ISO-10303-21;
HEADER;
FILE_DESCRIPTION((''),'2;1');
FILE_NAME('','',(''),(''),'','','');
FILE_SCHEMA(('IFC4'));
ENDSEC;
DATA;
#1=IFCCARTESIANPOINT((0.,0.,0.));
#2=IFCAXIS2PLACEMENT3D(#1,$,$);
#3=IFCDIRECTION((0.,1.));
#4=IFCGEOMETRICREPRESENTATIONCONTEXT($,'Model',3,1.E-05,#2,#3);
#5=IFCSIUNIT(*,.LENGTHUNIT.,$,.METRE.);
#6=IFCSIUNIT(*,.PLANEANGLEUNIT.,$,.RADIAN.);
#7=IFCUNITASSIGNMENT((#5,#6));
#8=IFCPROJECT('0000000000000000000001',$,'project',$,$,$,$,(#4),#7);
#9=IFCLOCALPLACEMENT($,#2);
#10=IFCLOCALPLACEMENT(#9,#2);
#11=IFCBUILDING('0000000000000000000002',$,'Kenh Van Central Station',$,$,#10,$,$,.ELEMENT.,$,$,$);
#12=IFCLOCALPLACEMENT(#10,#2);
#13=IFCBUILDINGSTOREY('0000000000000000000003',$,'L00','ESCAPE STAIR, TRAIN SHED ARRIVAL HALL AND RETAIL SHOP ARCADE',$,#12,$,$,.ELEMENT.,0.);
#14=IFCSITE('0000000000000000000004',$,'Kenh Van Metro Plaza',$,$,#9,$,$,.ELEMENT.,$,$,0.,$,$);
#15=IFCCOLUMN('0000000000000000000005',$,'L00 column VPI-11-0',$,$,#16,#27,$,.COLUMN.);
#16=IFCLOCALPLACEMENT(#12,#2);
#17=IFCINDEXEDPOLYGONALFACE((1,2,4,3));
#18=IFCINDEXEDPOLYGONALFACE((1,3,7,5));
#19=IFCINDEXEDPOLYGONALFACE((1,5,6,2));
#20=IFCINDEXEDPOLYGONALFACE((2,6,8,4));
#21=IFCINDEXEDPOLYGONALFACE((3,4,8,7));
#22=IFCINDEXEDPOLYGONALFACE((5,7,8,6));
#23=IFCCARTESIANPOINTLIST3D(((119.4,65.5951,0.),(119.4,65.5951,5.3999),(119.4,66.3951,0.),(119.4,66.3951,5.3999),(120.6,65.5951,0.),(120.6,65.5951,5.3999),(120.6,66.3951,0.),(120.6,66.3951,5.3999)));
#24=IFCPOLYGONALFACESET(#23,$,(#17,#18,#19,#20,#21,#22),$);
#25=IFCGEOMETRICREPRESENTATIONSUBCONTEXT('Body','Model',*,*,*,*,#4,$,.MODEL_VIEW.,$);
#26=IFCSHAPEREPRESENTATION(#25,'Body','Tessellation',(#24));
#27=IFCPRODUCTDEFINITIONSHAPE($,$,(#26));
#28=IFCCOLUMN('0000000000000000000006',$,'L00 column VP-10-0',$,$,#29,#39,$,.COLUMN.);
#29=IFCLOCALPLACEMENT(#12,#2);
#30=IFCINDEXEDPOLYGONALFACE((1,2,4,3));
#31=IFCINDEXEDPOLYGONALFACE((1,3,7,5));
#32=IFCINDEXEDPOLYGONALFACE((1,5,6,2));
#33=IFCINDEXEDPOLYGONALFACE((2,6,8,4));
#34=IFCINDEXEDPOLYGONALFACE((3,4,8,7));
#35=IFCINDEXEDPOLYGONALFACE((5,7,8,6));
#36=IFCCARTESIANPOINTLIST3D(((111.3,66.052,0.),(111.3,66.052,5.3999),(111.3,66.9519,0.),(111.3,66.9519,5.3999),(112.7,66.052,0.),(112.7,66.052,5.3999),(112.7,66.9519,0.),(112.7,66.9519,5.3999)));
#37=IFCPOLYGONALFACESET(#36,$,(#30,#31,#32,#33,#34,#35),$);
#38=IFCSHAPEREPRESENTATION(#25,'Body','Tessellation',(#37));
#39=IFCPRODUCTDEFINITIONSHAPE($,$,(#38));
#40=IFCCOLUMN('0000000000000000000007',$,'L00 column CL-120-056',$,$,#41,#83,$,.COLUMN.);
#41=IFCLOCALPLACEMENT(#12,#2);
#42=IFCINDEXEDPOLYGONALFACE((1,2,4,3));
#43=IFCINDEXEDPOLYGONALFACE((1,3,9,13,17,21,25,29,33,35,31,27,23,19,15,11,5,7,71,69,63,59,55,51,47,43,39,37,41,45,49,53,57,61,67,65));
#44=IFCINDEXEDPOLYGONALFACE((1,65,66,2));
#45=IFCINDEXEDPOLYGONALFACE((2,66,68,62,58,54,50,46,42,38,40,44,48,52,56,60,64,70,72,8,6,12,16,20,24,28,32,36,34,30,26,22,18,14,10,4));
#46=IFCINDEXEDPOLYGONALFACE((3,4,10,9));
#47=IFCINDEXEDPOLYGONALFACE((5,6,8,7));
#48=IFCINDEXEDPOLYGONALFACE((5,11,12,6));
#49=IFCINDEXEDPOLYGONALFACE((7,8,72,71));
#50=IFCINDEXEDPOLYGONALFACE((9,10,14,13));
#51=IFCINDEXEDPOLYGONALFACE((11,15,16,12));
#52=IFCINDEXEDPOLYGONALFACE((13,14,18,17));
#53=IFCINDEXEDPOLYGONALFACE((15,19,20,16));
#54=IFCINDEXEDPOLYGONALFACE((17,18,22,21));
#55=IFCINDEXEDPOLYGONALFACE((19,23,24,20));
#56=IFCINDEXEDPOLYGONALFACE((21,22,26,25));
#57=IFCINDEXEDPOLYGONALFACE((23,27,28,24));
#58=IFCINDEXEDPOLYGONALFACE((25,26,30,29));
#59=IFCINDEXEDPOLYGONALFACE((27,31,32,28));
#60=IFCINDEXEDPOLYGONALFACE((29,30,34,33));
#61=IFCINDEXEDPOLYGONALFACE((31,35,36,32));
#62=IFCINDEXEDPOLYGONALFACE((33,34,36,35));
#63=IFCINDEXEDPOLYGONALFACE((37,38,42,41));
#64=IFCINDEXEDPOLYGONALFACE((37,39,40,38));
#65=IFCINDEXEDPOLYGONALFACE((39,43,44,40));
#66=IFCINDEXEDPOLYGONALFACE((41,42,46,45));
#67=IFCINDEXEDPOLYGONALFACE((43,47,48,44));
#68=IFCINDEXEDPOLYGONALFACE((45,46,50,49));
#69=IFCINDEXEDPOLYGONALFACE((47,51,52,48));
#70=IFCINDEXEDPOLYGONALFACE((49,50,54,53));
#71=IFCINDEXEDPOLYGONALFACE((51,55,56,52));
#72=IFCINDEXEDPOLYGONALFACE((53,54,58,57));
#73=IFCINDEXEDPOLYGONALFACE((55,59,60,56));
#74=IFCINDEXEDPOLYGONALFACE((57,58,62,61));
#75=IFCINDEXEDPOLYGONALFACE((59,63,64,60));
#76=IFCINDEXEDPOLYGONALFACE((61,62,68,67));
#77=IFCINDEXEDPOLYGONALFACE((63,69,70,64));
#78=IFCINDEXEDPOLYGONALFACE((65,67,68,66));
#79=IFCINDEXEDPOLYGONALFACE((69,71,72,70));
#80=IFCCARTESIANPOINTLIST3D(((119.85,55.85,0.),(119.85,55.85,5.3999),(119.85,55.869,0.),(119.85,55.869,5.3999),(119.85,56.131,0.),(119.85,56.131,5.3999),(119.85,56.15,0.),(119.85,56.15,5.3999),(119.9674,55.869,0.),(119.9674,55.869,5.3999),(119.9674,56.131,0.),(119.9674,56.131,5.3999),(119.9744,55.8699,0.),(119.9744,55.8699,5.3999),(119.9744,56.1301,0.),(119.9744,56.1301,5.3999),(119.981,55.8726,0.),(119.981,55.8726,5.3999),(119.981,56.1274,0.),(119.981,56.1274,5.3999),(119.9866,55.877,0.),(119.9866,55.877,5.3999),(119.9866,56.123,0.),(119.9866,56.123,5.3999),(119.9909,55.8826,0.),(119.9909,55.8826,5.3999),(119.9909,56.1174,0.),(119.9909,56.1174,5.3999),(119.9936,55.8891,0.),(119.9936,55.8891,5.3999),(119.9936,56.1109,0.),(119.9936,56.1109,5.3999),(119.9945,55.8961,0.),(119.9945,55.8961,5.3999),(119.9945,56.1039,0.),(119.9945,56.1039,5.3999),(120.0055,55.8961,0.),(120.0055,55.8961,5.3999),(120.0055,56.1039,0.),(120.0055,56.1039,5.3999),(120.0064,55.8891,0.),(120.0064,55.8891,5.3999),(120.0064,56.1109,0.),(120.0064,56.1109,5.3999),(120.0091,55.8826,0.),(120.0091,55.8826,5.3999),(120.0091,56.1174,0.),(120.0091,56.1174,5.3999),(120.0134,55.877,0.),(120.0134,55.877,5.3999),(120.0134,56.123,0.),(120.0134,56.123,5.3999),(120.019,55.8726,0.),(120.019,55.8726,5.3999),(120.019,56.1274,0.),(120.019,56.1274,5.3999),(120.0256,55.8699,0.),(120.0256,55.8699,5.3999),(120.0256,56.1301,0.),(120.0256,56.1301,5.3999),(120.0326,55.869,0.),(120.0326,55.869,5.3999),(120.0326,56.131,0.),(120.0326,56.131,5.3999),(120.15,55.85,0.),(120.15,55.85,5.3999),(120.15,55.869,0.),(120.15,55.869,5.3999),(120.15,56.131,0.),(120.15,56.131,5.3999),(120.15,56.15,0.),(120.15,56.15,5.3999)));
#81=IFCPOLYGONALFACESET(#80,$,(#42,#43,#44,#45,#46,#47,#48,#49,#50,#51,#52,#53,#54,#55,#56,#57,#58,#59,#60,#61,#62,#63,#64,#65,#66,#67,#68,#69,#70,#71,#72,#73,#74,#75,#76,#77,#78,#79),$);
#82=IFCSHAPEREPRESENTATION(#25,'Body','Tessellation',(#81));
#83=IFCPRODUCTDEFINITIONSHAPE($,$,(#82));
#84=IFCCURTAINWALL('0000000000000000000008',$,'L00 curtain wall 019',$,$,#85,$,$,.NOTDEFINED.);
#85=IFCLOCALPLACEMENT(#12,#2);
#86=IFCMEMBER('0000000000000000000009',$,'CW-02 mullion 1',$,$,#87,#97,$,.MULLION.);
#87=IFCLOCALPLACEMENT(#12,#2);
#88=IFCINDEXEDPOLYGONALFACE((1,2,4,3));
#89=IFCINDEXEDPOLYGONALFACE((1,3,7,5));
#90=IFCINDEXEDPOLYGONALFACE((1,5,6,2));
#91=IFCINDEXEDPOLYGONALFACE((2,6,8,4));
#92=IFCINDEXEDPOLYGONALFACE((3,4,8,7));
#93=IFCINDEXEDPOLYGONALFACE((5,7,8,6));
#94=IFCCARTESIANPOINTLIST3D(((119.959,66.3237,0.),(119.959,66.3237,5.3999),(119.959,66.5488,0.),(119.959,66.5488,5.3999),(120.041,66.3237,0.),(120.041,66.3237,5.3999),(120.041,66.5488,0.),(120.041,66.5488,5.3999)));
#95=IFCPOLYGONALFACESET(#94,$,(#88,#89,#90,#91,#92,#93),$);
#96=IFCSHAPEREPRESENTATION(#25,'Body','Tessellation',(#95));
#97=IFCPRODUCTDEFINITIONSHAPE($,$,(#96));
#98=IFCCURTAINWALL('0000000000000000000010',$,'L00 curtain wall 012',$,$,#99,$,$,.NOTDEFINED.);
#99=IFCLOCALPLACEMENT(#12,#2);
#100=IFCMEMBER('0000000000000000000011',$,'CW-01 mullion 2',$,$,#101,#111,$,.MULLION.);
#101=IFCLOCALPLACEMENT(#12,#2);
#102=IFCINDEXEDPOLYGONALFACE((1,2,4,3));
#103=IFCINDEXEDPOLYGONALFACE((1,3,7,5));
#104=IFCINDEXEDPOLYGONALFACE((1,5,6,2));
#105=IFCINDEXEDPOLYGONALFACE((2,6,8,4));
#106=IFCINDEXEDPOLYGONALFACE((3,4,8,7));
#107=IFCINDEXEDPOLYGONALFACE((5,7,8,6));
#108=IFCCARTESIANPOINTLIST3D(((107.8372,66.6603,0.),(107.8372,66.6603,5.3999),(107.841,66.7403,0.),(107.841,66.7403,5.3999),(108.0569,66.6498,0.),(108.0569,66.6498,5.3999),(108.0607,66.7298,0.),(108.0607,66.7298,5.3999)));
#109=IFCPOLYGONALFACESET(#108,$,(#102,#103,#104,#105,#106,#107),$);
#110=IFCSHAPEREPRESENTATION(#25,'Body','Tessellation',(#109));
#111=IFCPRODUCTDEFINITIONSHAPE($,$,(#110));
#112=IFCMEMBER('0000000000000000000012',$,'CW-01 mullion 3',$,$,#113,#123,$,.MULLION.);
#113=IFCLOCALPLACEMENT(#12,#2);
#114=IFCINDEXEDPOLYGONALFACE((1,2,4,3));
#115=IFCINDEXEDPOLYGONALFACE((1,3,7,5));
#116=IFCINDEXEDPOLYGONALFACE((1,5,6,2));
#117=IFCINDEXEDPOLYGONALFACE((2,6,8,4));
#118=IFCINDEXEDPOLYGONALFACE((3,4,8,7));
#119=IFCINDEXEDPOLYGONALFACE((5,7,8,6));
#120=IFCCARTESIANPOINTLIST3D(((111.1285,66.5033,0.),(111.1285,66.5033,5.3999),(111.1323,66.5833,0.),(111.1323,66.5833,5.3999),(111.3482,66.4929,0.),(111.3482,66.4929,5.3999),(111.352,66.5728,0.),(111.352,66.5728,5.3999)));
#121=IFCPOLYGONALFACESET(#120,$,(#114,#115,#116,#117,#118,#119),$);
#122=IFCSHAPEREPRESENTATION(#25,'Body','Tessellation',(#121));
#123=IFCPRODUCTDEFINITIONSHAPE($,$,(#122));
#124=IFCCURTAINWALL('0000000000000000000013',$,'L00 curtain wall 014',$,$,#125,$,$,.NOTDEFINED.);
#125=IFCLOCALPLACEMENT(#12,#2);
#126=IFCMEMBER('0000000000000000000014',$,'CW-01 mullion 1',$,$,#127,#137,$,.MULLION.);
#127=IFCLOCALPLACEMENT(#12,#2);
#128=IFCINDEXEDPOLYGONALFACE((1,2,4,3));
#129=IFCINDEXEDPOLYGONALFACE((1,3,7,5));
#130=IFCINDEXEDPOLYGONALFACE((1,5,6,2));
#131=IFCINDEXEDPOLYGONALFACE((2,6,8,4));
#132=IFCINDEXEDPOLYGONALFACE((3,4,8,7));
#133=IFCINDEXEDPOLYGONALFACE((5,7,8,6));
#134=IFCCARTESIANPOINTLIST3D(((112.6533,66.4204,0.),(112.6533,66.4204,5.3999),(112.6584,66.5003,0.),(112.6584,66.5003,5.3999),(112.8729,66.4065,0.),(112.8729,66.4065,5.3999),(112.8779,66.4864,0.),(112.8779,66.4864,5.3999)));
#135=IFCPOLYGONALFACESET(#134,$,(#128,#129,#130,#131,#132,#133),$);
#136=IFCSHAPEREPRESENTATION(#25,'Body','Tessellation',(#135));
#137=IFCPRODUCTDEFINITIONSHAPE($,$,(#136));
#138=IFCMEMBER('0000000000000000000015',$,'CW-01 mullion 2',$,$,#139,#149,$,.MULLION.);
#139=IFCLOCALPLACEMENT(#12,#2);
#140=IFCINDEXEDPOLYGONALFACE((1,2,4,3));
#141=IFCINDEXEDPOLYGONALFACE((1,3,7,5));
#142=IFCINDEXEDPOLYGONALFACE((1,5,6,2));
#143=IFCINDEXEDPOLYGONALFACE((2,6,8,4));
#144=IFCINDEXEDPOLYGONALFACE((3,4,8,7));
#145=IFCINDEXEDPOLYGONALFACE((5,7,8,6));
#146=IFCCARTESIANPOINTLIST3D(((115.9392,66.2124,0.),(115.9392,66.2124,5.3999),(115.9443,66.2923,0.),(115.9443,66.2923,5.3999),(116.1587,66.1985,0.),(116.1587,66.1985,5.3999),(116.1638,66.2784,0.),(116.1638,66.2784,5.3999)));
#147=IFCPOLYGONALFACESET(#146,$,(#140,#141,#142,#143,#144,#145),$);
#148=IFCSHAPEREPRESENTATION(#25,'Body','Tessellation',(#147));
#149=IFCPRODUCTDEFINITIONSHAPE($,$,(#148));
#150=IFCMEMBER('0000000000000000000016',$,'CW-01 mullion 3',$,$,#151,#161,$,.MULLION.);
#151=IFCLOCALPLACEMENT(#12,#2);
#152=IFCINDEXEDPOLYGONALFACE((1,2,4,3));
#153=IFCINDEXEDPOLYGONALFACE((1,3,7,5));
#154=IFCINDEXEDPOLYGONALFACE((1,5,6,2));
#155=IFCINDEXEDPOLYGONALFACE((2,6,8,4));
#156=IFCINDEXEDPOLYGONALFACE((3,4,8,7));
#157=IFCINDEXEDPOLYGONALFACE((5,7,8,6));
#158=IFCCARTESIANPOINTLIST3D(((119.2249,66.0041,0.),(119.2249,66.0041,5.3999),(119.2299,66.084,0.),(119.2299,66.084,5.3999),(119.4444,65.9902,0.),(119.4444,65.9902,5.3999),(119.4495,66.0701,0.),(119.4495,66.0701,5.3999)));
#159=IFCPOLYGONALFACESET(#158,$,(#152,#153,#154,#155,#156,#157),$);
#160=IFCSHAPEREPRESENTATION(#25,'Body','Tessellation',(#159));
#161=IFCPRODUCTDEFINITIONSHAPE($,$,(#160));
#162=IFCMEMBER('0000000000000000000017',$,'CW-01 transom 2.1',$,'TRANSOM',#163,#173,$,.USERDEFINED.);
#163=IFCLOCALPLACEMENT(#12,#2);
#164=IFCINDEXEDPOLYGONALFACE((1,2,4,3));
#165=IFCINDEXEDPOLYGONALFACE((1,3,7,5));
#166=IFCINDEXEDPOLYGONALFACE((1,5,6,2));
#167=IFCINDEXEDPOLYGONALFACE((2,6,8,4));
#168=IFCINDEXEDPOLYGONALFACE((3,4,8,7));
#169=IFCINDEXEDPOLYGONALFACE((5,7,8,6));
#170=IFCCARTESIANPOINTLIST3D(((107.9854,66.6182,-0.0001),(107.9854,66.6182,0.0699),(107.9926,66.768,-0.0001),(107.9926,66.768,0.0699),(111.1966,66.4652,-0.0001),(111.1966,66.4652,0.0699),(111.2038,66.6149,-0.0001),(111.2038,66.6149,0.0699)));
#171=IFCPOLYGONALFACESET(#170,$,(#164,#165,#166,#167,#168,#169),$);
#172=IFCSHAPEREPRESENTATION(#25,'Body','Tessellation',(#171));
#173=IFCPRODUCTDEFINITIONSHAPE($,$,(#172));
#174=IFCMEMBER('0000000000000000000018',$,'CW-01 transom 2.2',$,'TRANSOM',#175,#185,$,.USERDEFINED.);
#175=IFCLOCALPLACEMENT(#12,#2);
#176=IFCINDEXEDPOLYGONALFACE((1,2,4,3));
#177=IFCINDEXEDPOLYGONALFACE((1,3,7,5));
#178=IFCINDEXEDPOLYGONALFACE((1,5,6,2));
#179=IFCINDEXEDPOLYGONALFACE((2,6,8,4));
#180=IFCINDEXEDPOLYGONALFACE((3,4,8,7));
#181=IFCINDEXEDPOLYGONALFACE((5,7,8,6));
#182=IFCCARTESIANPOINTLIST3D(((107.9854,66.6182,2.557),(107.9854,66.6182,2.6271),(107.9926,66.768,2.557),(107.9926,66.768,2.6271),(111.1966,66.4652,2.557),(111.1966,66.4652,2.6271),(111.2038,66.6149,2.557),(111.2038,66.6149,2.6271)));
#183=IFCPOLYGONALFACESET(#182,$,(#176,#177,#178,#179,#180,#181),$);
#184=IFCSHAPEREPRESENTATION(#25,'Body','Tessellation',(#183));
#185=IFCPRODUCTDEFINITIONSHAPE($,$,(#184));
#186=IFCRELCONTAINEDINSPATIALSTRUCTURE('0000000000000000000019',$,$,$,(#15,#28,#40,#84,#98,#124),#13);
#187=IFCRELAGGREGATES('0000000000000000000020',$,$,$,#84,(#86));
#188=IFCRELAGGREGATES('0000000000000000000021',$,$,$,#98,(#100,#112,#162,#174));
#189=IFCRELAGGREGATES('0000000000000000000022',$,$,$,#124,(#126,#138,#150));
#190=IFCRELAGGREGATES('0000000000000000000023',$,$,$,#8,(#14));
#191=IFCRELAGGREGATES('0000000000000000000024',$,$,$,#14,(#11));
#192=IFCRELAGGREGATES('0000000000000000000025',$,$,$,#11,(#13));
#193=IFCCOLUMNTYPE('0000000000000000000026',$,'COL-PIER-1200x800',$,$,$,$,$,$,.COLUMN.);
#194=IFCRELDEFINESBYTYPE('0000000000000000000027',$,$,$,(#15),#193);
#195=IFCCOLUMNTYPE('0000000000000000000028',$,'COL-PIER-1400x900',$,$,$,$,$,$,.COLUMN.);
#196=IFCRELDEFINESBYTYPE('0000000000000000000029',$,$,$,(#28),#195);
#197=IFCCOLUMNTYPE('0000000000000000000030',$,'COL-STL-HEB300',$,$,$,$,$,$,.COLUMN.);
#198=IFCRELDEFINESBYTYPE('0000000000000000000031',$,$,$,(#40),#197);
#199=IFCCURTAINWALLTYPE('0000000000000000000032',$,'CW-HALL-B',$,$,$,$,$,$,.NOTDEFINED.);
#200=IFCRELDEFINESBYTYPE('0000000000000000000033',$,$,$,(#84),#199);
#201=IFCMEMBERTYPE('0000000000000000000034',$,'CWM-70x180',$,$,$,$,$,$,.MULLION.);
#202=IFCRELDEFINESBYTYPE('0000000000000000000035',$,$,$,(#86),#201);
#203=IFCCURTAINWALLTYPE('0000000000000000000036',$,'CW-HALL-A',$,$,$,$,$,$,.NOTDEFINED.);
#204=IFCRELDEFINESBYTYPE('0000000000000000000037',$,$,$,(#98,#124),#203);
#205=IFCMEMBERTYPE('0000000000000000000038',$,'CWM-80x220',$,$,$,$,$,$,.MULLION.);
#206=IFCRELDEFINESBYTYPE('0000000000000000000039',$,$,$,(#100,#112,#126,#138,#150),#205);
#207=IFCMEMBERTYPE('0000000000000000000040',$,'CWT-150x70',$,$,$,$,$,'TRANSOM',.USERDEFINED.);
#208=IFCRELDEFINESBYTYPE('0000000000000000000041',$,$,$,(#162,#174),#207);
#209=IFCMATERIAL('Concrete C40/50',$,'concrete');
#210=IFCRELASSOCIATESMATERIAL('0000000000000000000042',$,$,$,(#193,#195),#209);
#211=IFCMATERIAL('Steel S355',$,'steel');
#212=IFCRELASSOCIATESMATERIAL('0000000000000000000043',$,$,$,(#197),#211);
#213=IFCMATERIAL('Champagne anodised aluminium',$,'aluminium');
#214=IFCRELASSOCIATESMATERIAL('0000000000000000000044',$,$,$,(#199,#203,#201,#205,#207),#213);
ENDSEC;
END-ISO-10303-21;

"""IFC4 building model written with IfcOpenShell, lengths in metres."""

from ifc_helpers import new_model, si_unit, direction, frame, origin, origin_2d, place, context, subcontext, project, spatial, rectangle, i_section, extrude, material, material_profile, profile_set, type_object, element, aggregate, save


model = new_model("IFC4")

# Units and contexts
model_context = context("Model", 3, precision=1e-05, world=origin(), true_north=direction((0.0, 1.0)))
body_context = subcontext(model_context, "Body", "Model", "MODEL_VIEW")
ifc_project = project(units=[si_unit("LENGTHUNIT", "METRE"), si_unit("PLANEANGLEUNIT", "RADIAN")], contexts=[model_context])

# Site, building, storey
site_placement = place(None, origin())
site = spatial("IfcSite", under=ifc_project, at=site_placement, Name="Kenh Van Metro Plaza", CompositionType="ELEMENT", RefElevation=0.0)
building_placement = place(site_placement, origin())
building = spatial("IfcBuilding", under=site, at=building_placement, Name="Kenh Van Central Station", CompositionType="ELEMENT")
storey_placement = place(building_placement, origin())
storey = spatial("IfcBuildingStorey", under=building, at=storey_placement, Name="L00", Description="ESCAPE STAIR, TRAIN SHED ARRIVAL HALL AND RETAIL SHOP ARCADE", CompositionType="ELEMENT", Elevation=0.0)

# Columns
ifc_material_1 = material(Name="Concrete C40/50", Category="concrete")
ifc_material_profile_1 = material_profile(ifc_material_1, rectangle(XDim=1.2, YDim=0.8, at=origin_2d()), Name="RC 1200x800")
ifc_profile_set_1 = profile_set([ifc_material_profile_1], Name="Concrete C40/50")
column_type_1 = type_object("IfcColumnType", Name="COL-PIER-1200x800", PredefinedType="COLUMN", material=ifc_profile_set_1)
column_1_placement = place(storey_placement, frame((120.0, 65.9951, 0.0), z_axis=(0.0, 0.0, 1.0), x_axis=(1.0, 0.0, 0.0)))
element("IfcColumn", 1, at=column_1_placement, inside=storey, type_object=column_type_1, Name="L00 column VPI-11-0", PredefinedType="COLUMN", context=body_context, shape_type="SweptSolid", body=[
    extrude(rectangle(XDim=1.2, YDim=0.8, at=origin_2d()), origin(), (0.0, 0.0, 1.0), 5.3999),
])
ifc_material_profile_2 = material_profile(ifc_material_1, rectangle(XDim=1.3999, YDim=0.8999, at=origin_2d()), Name="RC 1400x900")
ifc_profile_set_2 = profile_set([ifc_material_profile_2], Name="Concrete C40/50")
column_type_2 = type_object("IfcColumnType", Name="COL-PIER-1400x900", PredefinedType="COLUMN", material=ifc_profile_set_2)
column_2_placement = place(storey_placement, frame((112.0, 66.502, 0.0), z_axis=(0.0, 0.0, 1.0), x_axis=(1.0, 0.0, 0.0)))
element("IfcColumn", 2, at=column_2_placement, inside=storey, type_object=column_type_2, Name="L00 column VP-10-0", PredefinedType="COLUMN", context=body_context, shape_type="SweptSolid", body=[
    extrude(rectangle(XDim=1.3999, YDim=0.8999, at=origin_2d()), origin(), (0.0, 0.0, 1.0), 5.3999),
])
ifc_material_2 = material(Name="Steel S355", Category="steel")
ifc_material_profile_3 = material_profile(ifc_material_2, i_section(OverallWidth=0.3, OverallDepth=0.3, WebThickness=0.011, FlangeThickness=0.019, FilletRadius=0.0271, at=origin_2d()), Name="HEB 300")
ifc_profile_set_3 = profile_set([ifc_material_profile_3], Name="Steel S355")
column_type_3 = type_object("IfcColumnType", Name="COL-STL-HEB300", PredefinedType="COLUMN", material=ifc_profile_set_3)
column_3_placement = place(storey_placement, frame((120.0, 56.0, 0.0), z_axis=(0.0, 0.0, 1.0), x_axis=(1.0, 0.0, 0.0)))
element("IfcColumn", 3, at=column_3_placement, inside=storey, type_object=column_type_3, Name="L00 column CL-120-056", PredefinedType="COLUMN", context=body_context, shape_type="SweptSolid", body=[
    extrude(i_section(OverallWidth=0.3, OverallDepth=0.3, WebThickness=0.011, FlangeThickness=0.019, FilletRadius=0.0271, at=origin_2d()), origin(), (0.0, 0.0, 1.0), 5.3999),
])

# Curtain wall, member
ifc_material_3 = material(Name="Champagne anodised aluminium", Category="aluminium")
curtain_wall_type_1 = type_object("IfcCurtainWallType", Name="CW-HALL-B", PredefinedType="NOTDEFINED", material=ifc_material_3)
curtain_wall_1_placement = place(storey_placement, origin())
curtain_wall_1 = element("IfcCurtainWall", 4, at=curtain_wall_1_placement, inside=storey, type_object=curtain_wall_type_1, Name="L00 curtain wall 019", PredefinedType="NOTDEFINED")
ifc_material_profile_4 = material_profile(ifc_material_3, rectangle(XDim=0.082, YDim=0.2251, at=origin_2d()), Name="AL 82x225")
ifc_profile_set_4 = profile_set([ifc_material_profile_4], Name="Champagne anodised aluminium")
member_type_1 = type_object("IfcMemberType", Name="CWM-70x180", PredefinedType="MULLION", material=ifc_profile_set_4)
member_1_placement = place(storey_placement, frame((120.0, 66.4363, 0.0), z_axis=(0.0, 0.0, 1.0), x_axis=(-1.0, 0.0, 0.0)))
member_1 = element("IfcMember", 5, at=member_1_placement, type_object=member_type_1, Name="CW-02 mullion 1", PredefinedType="MULLION", context=body_context, shape_type="SweptSolid", body=[
    extrude(rectangle(XDim=0.082, YDim=0.2251, at=origin_2d()), origin(), (0.0, 0.0, 1.0), 5.3999),
])

# Curtain walls, members
curtain_wall_type_2 = type_object("IfcCurtainWallType", Name="CW-HALL-A", PredefinedType="NOTDEFINED", material=ifc_material_3)
curtain_wall_2_placement = place(storey_placement, origin())
curtain_wall_2 = element("IfcCurtainWall", 6, at=curtain_wall_2_placement, inside=storey, type_object=curtain_wall_type_2, Name="L00 curtain wall 012", PredefinedType="NOTDEFINED")
ifc_material_profile_5 = material_profile(ifc_material_3, rectangle(XDim=0.0801, YDim=0.22, at=origin_2d()), Name="AL 80x220")
ifc_profile_set_5 = profile_set([ifc_material_profile_5], Name="Champagne anodised aluminium")
member_type_2 = type_object("IfcMemberType", Name="CWM-80x220", PredefinedType="MULLION", material=ifc_profile_set_5)
member_2_placement = place(storey_placement, frame((107.949, 66.6951, 0.0), z_axis=(0.0, 0.0, 1.0), x_axis=(0.047601, 0.998866, 0.0)))
member_2 = element("IfcMember", 7, at=member_2_placement, type_object=member_type_2, Name="CW-01 mullion 2", PredefinedType="MULLION", context=body_context, shape_type="SweptSolid", body=[
    extrude(rectangle(XDim=0.0801, YDim=0.22, at=origin_2d()), origin(), (0.0, 0.0, 1.0), 5.3999),
])
member_3_placement = place(storey_placement, frame((111.2402, 66.5381, 0.0), z_axis=(0.0, 0.0, 1.0), x_axis=(0.047601, 0.998866, 0.0)))
member_3 = element("IfcMember", 8, at=member_3_placement, type_object=member_type_2, Name="CW-01 mullion 3", PredefinedType="MULLION", context=body_context, shape_type="SweptSolid", body=[
    extrude(rectangle(XDim=0.0801, YDim=0.22, at=origin_2d()), origin(), (0.0, 0.0, 1.0), 5.3999),
])
curtain_wall_3_placement = place(storey_placement, origin())
curtain_wall_3 = element("IfcCurtainWall", 9, at=curtain_wall_3_placement, inside=storey, type_object=curtain_wall_type_2, Name="L00 curtain wall 014", PredefinedType="NOTDEFINED")
member_4_placement = place(storey_placement, frame((112.7656, 66.4534, 0.0), z_axis=(0.0, 0.0, 1.0), x_axis=(0.063211, 0.998, 0.0)))
member_4 = element("IfcMember", 10, at=member_4_placement, type_object=member_type_2, Name="CW-01 mullion 1", PredefinedType="MULLION", context=body_context, shape_type="SweptSolid", body=[
    extrude(rectangle(XDim=0.0801, YDim=0.22, at=origin_2d()), origin(), (0.0, 0.0, 1.0), 5.3999),
])
member_5_placement = place(storey_placement, frame((116.0515, 66.2454, 0.0), z_axis=(0.0, 0.0, 1.0), x_axis=(0.063211, 0.998, 0.0)))
member_5 = element("IfcMember", 11, at=member_5_placement, type_object=member_type_2, Name="CW-01 mullion 2", PredefinedType="MULLION", context=body_context, shape_type="SweptSolid", body=[
    extrude(rectangle(XDim=0.0801, YDim=0.22, at=origin_2d()), origin(), (0.0, 0.0, 1.0), 5.3999),
])
member_6_placement = place(storey_placement, frame((119.3372, 66.0371, 0.0), z_axis=(0.0, 0.0, 1.0), x_axis=(0.063211, 0.998, 0.0)))
member_6 = element("IfcMember", 12, at=member_6_placement, type_object=member_type_2, Name="CW-01 mullion 3", PredefinedType="MULLION", context=body_context, shape_type="SweptSolid", body=[
    extrude(rectangle(XDim=0.0801, YDim=0.22, at=origin_2d()), origin(), (0.0, 0.0, 1.0), 5.3999),
])

# Members
ifc_material_profile_6 = material_profile(ifc_material_3, rectangle(XDim=0.1499, YDim=0.0701, at=origin_2d()), Name="AL 150x70")
ifc_profile_set_6 = profile_set([ifc_material_profile_6], Name="Champagne anodised aluminium")
member_type_3 = type_object("IfcMemberType", Name="CWT-150x70", ElementType="TRANSOM", PredefinedType="USERDEFINED", material=ifc_profile_set_6)
member_7_placement = place(storey_placement, frame((107.989, 66.6931, 0.0349), z_axis=(0.998866, -0.047616, 0.0), x_axis=(0.047616, 0.998866, 0.0)))
member_7 = element("IfcMember", 13, at=member_7_placement, type_object=member_type_3, Name="CW-01 transom 2.1", ObjectType="TRANSOM", PredefinedType="USERDEFINED", context=body_context, shape_type="SweptSolid", body=[
    extrude(rectangle(XDim=0.1499, YDim=0.0701, at=origin_2d()), origin(), (0.0, 0.0, 1.0), 3.2148),
])
member_8_placement = place(storey_placement, frame((107.989, 66.6931, 2.592), z_axis=(0.998866, -0.047616, 0.0), x_axis=(0.047616, 0.998866, 0.0)))
member_8 = element("IfcMember", 14, at=member_8_placement, type_object=member_type_3, Name="CW-01 transom 2.2", ObjectType="TRANSOM", PredefinedType="USERDEFINED", context=body_context, shape_type="SweptSolid", body=[
    extrude(rectangle(XDim=0.1499, YDim=0.0701, at=origin_2d()), origin(), (0.0, 0.0, 1.0), 3.2148),
])

aggregate(curtain_wall_1, [member_1])
aggregate(curtain_wall_2, [member_2, member_3, member_7, member_8])
aggregate(curtain_wall_3, [member_4, member_5, member_6])

save(model, "model.ifc")
